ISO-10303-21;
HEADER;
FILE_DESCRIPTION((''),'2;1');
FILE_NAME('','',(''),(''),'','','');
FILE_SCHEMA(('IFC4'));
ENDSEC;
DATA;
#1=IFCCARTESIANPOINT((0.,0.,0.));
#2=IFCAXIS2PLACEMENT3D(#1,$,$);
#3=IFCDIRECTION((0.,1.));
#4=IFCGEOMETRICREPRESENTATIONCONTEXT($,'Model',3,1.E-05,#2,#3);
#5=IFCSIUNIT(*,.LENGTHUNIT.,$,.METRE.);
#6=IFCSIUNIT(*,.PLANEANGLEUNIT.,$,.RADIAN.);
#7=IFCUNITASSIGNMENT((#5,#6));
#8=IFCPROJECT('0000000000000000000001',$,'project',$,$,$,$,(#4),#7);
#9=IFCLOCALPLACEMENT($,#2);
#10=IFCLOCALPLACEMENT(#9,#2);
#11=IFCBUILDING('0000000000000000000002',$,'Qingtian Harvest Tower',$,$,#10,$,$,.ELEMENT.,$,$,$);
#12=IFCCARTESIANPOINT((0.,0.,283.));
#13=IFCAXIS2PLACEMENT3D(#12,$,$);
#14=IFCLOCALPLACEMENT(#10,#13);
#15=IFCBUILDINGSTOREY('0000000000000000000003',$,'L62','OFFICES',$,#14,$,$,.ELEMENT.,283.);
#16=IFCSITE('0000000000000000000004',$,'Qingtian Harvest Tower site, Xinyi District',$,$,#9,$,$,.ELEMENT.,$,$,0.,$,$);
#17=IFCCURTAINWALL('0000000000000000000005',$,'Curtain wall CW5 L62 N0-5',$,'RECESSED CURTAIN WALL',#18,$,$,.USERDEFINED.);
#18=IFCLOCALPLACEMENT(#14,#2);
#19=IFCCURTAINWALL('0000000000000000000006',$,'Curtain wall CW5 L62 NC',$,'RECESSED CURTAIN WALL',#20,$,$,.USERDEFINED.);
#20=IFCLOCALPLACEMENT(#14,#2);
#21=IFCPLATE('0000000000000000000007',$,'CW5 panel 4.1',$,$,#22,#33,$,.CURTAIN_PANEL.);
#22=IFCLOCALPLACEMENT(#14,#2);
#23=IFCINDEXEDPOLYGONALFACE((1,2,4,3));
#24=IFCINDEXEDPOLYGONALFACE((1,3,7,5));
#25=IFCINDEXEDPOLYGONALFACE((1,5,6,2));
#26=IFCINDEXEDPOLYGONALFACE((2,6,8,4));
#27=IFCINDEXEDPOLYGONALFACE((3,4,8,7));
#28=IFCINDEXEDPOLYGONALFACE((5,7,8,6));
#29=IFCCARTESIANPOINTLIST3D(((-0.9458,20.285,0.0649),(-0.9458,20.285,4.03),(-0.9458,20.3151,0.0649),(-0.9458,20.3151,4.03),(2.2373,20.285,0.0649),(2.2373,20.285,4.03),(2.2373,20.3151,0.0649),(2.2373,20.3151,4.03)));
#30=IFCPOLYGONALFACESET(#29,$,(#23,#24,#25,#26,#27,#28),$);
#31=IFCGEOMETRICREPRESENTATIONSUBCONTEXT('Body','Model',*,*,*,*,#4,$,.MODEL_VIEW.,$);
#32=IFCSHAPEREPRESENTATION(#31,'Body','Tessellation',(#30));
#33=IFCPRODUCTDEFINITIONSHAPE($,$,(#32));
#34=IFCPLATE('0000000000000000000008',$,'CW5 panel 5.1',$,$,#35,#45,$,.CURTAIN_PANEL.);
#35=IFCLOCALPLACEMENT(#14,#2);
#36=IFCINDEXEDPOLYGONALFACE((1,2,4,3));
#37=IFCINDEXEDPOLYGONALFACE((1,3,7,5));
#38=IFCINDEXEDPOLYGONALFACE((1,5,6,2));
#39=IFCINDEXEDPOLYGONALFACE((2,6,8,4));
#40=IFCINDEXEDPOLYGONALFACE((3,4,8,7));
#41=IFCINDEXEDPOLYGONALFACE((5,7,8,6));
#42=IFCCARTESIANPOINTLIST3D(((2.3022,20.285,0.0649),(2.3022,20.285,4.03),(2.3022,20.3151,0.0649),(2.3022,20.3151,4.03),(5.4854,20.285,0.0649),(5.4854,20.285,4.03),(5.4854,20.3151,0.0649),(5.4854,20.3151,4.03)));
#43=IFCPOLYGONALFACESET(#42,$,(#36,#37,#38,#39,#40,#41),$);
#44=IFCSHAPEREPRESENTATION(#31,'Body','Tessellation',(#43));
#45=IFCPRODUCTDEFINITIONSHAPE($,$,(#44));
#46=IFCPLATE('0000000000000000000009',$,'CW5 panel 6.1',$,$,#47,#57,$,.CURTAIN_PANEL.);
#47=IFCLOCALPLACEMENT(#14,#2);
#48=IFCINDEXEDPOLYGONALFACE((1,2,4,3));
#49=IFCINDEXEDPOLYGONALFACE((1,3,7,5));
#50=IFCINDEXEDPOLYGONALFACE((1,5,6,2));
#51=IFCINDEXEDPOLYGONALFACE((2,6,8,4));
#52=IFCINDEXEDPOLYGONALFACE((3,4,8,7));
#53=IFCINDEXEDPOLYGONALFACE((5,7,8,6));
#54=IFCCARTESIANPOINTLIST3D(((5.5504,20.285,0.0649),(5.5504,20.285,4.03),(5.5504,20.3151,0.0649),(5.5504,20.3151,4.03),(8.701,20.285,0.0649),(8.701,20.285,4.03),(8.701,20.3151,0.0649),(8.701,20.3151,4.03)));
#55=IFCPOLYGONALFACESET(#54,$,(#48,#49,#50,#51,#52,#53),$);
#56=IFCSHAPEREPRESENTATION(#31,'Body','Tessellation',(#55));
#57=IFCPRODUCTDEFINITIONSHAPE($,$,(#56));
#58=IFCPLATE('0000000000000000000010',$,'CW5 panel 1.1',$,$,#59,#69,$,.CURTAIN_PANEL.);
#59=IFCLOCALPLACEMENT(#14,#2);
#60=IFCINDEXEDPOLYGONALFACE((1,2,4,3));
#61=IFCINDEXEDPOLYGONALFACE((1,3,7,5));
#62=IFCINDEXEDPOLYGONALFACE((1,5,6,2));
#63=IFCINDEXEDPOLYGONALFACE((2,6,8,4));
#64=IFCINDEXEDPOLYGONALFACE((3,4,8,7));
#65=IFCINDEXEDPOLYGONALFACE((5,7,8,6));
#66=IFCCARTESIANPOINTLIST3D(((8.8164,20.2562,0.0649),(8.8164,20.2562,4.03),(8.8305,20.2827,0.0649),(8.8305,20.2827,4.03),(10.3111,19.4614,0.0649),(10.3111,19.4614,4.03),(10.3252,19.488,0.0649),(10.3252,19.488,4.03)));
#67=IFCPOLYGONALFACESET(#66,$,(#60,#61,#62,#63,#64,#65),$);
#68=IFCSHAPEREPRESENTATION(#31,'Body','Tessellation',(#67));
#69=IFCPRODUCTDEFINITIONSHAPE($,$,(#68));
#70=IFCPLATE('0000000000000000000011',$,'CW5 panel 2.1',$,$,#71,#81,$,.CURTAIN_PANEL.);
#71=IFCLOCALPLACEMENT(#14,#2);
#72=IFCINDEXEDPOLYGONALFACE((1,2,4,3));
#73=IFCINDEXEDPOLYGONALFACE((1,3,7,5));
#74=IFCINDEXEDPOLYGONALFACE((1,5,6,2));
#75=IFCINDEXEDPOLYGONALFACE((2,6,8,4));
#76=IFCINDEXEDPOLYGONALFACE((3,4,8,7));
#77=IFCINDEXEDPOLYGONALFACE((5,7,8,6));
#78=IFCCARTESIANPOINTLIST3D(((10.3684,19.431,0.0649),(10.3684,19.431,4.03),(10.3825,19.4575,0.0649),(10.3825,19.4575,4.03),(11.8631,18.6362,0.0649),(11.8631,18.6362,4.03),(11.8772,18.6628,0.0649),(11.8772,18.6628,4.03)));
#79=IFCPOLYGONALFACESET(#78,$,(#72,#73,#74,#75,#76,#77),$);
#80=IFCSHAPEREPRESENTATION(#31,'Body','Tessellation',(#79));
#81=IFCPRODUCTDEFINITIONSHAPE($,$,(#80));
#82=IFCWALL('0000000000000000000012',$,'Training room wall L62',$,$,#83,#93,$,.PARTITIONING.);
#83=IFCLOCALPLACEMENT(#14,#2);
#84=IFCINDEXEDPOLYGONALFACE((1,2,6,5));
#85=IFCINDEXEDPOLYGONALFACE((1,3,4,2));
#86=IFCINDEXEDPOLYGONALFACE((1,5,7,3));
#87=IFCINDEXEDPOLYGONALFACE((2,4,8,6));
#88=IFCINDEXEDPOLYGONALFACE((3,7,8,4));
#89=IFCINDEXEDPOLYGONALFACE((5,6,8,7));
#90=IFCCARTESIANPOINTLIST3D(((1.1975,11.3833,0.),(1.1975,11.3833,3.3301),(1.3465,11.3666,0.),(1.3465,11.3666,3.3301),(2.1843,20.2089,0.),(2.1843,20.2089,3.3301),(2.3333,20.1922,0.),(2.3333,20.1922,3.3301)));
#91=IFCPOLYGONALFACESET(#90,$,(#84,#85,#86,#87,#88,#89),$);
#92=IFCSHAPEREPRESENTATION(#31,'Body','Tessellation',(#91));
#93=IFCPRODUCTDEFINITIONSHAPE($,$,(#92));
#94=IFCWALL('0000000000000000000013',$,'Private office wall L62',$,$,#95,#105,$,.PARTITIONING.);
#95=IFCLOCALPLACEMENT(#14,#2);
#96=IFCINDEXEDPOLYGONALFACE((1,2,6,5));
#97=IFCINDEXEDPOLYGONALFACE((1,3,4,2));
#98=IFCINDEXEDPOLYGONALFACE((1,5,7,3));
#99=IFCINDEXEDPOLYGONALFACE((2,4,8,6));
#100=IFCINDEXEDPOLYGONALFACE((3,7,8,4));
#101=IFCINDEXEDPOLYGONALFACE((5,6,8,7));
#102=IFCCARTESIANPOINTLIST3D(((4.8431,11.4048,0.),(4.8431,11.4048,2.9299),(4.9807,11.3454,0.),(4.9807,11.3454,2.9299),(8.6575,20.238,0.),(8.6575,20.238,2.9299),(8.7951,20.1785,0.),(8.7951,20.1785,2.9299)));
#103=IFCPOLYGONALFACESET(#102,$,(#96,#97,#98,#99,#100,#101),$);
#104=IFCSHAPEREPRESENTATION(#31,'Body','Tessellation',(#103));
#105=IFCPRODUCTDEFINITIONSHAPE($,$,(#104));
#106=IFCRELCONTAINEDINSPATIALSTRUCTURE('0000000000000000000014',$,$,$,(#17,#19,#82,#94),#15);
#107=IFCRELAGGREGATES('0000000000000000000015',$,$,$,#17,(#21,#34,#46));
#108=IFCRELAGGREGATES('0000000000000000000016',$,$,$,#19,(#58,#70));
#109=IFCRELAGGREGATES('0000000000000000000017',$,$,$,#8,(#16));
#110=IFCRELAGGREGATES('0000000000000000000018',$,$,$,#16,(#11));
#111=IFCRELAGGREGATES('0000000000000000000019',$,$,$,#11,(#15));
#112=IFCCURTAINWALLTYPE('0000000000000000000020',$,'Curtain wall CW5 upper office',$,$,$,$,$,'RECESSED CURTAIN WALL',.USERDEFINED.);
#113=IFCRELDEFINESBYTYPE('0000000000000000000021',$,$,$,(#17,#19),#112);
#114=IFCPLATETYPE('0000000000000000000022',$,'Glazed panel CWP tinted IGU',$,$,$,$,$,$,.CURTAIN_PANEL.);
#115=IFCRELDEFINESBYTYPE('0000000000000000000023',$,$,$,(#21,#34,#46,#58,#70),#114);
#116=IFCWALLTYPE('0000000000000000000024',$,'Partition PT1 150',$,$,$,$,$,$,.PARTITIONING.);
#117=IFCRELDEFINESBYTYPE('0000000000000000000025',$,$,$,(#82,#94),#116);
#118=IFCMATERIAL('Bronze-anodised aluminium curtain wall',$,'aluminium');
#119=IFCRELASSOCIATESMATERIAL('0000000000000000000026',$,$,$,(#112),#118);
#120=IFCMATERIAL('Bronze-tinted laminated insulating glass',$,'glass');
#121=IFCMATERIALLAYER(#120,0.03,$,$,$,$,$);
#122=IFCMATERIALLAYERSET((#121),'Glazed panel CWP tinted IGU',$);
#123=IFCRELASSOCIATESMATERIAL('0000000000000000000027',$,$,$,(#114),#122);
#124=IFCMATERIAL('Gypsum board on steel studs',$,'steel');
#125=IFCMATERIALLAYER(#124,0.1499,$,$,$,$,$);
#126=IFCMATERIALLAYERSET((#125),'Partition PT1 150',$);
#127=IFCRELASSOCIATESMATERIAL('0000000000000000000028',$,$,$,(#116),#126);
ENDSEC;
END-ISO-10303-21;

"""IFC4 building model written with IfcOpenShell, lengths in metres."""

from ifc_helpers import new_model, si_unit, direction, frame, frame_2d, origin, origin_2d, place, context, subcontext, project, spatial, rectangle, extrude, material, layer, layer_set, type_object, element, aggregate, save


model = new_model("IFC4")

# Units and contexts
model_context = context("Model", 3, precision=1e-05, world=origin(), true_north=direction((0.0, 1.0)))
body_context = subcontext(model_context, "Body", "Model", "MODEL_VIEW")
ifc_project = project(units=[si_unit("LENGTHUNIT", "METRE"), si_unit("PLANEANGLEUNIT", "RADIAN")], contexts=[model_context])

# Site, building, storey
site_placement = place(None, origin())
site = spatial("IfcSite", under=ifc_project, at=site_placement, Name="Qingtian Harvest Tower site, Xinyi District", CompositionType="ELEMENT", RefElevation=0.0)
building_placement = place(site_placement, origin())
building = spatial("IfcBuilding", under=site, at=building_placement, Name="Qingtian Harvest Tower", CompositionType="ELEMENT")
storey_placement = place(building_placement, frame((0.0, 0.0, 283.0)))
storey = spatial("IfcBuildingStorey", under=building, at=storey_placement, Name="L62", Description="OFFICES", CompositionType="ELEMENT", Elevation=283.0)

# Curtain walls
ifc_material_1 = material(Name="Bronze-anodised aluminium curtain wall", Category="aluminium")
curtain_wall_type = type_object("IfcCurtainWallType", Name="Curtain wall CW5 upper office", ElementType="RECESSED CURTAIN WALL", PredefinedType="USERDEFINED", material=ifc_material_1)
curtain_wall_1_placement = place(storey_placement, origin())
curtain_wall_1 = element("IfcCurtainWall", 1, at=curtain_wall_1_placement, inside=storey, type_object=curtain_wall_type, Name="Curtain wall CW5 L62 N0-5", ObjectType="RECESSED CURTAIN WALL", PredefinedType="USERDEFINED")
curtain_wall_2_placement = place(storey_placement, origin())
curtain_wall_2 = element("IfcCurtainWall", 2, at=curtain_wall_2_placement, inside=storey, type_object=curtain_wall_type, Name="Curtain wall CW5 L62 NC", ObjectType="RECESSED CURTAIN WALL", PredefinedType="USERDEFINED")

# Plates
ifc_material_2 = material(Name="Bronze-tinted laminated insulating glass", Category="glass")
ifc_layer_1 = layer(ifc_material_2, 0.03)
ifc_layer_set_1 = layer_set([ifc_layer_1], Name="Glazed panel CWP tinted IGU")
plate_type = type_object("IfcPlateType", Name="Glazed panel CWP tinted IGU", PredefinedType="CURTAIN_PANEL", material=ifc_layer_set_1)
plate_1_placement = place(storey_placement, frame((0.6458, 20.3, 0.0649), z_axis=(0.0, 0.0, 1.0), x_axis=(1.0, 0.0, 0.0)))
plate_1 = element("IfcPlate", 3, at=plate_1_placement, type_object=plate_type, Name="CW5 panel 4.1", PredefinedType="CURTAIN_PANEL", context=body_context, shape_type="SweptSolid", body=[
    extrude(rectangle(XDim=3.1831, YDim=0.03, at=origin_2d()), origin(), (0.0, 0.0, 1.0), 3.9651),
])
plate_2_placement = place(storey_placement, frame((3.8938, 20.3, 0.0649), z_axis=(0.0, 0.0, 1.0), x_axis=(1.0, 0.0, 0.0)))
plate_2 = element("IfcPlate", 4, at=plate_2_placement, type_object=plate_type, Name="CW5 panel 5.1", PredefinedType="CURTAIN_PANEL", context=body_context, shape_type="SweptSolid", body=[
    extrude(rectangle(XDim=3.1831, YDim=0.03, at=origin_2d()), origin(), (0.0, 0.0, 1.0), 3.9651),
])
plate_3_placement = place(storey_placement, frame((7.1257, 20.3, 0.0649), z_axis=(0.0, 0.0, 1.0), x_axis=(1.0, 0.0, 0.0)))
plate_3 = element("IfcPlate", 5, at=plate_3_placement, type_object=plate_type, Name="CW5 panel 6.1", PredefinedType="CURTAIN_PANEL", context=body_context, shape_type="SweptSolid", body=[
    extrude(rectangle(XDim=3.1506, YDim=0.03, at=origin_2d()), origin(), (0.0, 0.0, 1.0), 3.9651),
])
aggregate(curtain_wall_1, [plate_1, plate_2, plate_3])
plate_4_placement = place(storey_placement, frame((9.5708, 19.8721, 0.0649), z_axis=(0.0, 0.0, 1.0), x_axis=(0.882948, -0.469472, 0.0)))
plate_4 = element("IfcPlate", 6, at=plate_4_placement, type_object=plate_type, Name="CW5 panel 1.1", PredefinedType="CURTAIN_PANEL", context=body_context, shape_type="SweptSolid", body=[
    extrude(rectangle(XDim=1.6929, YDim=0.03, at=origin_2d()), origin(), (0.0, 0.0, 1.0), 3.9651),
])
plate_5_placement = place(storey_placement, frame((11.1228, 19.0469, 0.0649), z_axis=(0.0, 0.0, 1.0), x_axis=(0.882948, -0.469472, 0.0)))
plate_5 = element("IfcPlate", 7, at=plate_5_placement, type_object=plate_type, Name="CW5 panel 2.1", PredefinedType="CURTAIN_PANEL", context=body_context, shape_type="SweptSolid", body=[
    extrude(rectangle(XDim=1.6929, YDim=0.03, at=origin_2d()), origin(), (0.0, 0.0, 1.0), 3.9651),
])
aggregate(curtain_wall_2, [plate_4, plate_5])

# Wall
ifc_material_3 = material(Name="Gypsum board on steel studs", Category="steel")
ifc_layer_2 = layer(ifc_material_3, 0.1499)
ifc_layer_set_2 = layer_set([ifc_layer_2], Name="Partition PT1 150")
wall_type = type_object("IfcWallType", Name="Partition PT1 150", PredefinedType="PARTITIONING", material=ifc_layer_set_2)
wall_1_placement = place(storey_placement, frame((2.2588, 20.2007, 0.0), z_axis=(0.0, 0.0, 1.0), x_axis=(-0.111119, -0.993807, 0.0)))
element("IfcWall", 8, at=wall_1_placement, inside=storey, type_object=wall_type, Name="Training room wall L62", PredefinedType="PARTITIONING", context=body_context, shape_type="SweptSolid", body=[
    extrude(rectangle(XDim=8.8806, YDim=0.1499, at=frame_2d((4.4404, 0.0))), origin(), (0.0, 0.0, 1.0), 3.3301),
])

# Wall
wall_2_placement = place(storey_placement, frame((8.7263, 20.2083, 0.0), z_axis=(0.0, 0.0, 1.0), x_axis=(-0.396444, -0.918059, 0.0)))
element("IfcWall", 9, at=wall_2_placement, inside=storey, type_object=wall_type, Name="Private office wall L62", PredefinedType="PARTITIONING", context=body_context, shape_type="SweptSolid", body=[
    extrude(rectangle(XDim=9.6216, YDim=0.1499, at=frame_2d((4.8108, 0.0))), origin(), (0.0, 0.0, 1.0), 2.9299),
])

save(model, "model.ifc")
